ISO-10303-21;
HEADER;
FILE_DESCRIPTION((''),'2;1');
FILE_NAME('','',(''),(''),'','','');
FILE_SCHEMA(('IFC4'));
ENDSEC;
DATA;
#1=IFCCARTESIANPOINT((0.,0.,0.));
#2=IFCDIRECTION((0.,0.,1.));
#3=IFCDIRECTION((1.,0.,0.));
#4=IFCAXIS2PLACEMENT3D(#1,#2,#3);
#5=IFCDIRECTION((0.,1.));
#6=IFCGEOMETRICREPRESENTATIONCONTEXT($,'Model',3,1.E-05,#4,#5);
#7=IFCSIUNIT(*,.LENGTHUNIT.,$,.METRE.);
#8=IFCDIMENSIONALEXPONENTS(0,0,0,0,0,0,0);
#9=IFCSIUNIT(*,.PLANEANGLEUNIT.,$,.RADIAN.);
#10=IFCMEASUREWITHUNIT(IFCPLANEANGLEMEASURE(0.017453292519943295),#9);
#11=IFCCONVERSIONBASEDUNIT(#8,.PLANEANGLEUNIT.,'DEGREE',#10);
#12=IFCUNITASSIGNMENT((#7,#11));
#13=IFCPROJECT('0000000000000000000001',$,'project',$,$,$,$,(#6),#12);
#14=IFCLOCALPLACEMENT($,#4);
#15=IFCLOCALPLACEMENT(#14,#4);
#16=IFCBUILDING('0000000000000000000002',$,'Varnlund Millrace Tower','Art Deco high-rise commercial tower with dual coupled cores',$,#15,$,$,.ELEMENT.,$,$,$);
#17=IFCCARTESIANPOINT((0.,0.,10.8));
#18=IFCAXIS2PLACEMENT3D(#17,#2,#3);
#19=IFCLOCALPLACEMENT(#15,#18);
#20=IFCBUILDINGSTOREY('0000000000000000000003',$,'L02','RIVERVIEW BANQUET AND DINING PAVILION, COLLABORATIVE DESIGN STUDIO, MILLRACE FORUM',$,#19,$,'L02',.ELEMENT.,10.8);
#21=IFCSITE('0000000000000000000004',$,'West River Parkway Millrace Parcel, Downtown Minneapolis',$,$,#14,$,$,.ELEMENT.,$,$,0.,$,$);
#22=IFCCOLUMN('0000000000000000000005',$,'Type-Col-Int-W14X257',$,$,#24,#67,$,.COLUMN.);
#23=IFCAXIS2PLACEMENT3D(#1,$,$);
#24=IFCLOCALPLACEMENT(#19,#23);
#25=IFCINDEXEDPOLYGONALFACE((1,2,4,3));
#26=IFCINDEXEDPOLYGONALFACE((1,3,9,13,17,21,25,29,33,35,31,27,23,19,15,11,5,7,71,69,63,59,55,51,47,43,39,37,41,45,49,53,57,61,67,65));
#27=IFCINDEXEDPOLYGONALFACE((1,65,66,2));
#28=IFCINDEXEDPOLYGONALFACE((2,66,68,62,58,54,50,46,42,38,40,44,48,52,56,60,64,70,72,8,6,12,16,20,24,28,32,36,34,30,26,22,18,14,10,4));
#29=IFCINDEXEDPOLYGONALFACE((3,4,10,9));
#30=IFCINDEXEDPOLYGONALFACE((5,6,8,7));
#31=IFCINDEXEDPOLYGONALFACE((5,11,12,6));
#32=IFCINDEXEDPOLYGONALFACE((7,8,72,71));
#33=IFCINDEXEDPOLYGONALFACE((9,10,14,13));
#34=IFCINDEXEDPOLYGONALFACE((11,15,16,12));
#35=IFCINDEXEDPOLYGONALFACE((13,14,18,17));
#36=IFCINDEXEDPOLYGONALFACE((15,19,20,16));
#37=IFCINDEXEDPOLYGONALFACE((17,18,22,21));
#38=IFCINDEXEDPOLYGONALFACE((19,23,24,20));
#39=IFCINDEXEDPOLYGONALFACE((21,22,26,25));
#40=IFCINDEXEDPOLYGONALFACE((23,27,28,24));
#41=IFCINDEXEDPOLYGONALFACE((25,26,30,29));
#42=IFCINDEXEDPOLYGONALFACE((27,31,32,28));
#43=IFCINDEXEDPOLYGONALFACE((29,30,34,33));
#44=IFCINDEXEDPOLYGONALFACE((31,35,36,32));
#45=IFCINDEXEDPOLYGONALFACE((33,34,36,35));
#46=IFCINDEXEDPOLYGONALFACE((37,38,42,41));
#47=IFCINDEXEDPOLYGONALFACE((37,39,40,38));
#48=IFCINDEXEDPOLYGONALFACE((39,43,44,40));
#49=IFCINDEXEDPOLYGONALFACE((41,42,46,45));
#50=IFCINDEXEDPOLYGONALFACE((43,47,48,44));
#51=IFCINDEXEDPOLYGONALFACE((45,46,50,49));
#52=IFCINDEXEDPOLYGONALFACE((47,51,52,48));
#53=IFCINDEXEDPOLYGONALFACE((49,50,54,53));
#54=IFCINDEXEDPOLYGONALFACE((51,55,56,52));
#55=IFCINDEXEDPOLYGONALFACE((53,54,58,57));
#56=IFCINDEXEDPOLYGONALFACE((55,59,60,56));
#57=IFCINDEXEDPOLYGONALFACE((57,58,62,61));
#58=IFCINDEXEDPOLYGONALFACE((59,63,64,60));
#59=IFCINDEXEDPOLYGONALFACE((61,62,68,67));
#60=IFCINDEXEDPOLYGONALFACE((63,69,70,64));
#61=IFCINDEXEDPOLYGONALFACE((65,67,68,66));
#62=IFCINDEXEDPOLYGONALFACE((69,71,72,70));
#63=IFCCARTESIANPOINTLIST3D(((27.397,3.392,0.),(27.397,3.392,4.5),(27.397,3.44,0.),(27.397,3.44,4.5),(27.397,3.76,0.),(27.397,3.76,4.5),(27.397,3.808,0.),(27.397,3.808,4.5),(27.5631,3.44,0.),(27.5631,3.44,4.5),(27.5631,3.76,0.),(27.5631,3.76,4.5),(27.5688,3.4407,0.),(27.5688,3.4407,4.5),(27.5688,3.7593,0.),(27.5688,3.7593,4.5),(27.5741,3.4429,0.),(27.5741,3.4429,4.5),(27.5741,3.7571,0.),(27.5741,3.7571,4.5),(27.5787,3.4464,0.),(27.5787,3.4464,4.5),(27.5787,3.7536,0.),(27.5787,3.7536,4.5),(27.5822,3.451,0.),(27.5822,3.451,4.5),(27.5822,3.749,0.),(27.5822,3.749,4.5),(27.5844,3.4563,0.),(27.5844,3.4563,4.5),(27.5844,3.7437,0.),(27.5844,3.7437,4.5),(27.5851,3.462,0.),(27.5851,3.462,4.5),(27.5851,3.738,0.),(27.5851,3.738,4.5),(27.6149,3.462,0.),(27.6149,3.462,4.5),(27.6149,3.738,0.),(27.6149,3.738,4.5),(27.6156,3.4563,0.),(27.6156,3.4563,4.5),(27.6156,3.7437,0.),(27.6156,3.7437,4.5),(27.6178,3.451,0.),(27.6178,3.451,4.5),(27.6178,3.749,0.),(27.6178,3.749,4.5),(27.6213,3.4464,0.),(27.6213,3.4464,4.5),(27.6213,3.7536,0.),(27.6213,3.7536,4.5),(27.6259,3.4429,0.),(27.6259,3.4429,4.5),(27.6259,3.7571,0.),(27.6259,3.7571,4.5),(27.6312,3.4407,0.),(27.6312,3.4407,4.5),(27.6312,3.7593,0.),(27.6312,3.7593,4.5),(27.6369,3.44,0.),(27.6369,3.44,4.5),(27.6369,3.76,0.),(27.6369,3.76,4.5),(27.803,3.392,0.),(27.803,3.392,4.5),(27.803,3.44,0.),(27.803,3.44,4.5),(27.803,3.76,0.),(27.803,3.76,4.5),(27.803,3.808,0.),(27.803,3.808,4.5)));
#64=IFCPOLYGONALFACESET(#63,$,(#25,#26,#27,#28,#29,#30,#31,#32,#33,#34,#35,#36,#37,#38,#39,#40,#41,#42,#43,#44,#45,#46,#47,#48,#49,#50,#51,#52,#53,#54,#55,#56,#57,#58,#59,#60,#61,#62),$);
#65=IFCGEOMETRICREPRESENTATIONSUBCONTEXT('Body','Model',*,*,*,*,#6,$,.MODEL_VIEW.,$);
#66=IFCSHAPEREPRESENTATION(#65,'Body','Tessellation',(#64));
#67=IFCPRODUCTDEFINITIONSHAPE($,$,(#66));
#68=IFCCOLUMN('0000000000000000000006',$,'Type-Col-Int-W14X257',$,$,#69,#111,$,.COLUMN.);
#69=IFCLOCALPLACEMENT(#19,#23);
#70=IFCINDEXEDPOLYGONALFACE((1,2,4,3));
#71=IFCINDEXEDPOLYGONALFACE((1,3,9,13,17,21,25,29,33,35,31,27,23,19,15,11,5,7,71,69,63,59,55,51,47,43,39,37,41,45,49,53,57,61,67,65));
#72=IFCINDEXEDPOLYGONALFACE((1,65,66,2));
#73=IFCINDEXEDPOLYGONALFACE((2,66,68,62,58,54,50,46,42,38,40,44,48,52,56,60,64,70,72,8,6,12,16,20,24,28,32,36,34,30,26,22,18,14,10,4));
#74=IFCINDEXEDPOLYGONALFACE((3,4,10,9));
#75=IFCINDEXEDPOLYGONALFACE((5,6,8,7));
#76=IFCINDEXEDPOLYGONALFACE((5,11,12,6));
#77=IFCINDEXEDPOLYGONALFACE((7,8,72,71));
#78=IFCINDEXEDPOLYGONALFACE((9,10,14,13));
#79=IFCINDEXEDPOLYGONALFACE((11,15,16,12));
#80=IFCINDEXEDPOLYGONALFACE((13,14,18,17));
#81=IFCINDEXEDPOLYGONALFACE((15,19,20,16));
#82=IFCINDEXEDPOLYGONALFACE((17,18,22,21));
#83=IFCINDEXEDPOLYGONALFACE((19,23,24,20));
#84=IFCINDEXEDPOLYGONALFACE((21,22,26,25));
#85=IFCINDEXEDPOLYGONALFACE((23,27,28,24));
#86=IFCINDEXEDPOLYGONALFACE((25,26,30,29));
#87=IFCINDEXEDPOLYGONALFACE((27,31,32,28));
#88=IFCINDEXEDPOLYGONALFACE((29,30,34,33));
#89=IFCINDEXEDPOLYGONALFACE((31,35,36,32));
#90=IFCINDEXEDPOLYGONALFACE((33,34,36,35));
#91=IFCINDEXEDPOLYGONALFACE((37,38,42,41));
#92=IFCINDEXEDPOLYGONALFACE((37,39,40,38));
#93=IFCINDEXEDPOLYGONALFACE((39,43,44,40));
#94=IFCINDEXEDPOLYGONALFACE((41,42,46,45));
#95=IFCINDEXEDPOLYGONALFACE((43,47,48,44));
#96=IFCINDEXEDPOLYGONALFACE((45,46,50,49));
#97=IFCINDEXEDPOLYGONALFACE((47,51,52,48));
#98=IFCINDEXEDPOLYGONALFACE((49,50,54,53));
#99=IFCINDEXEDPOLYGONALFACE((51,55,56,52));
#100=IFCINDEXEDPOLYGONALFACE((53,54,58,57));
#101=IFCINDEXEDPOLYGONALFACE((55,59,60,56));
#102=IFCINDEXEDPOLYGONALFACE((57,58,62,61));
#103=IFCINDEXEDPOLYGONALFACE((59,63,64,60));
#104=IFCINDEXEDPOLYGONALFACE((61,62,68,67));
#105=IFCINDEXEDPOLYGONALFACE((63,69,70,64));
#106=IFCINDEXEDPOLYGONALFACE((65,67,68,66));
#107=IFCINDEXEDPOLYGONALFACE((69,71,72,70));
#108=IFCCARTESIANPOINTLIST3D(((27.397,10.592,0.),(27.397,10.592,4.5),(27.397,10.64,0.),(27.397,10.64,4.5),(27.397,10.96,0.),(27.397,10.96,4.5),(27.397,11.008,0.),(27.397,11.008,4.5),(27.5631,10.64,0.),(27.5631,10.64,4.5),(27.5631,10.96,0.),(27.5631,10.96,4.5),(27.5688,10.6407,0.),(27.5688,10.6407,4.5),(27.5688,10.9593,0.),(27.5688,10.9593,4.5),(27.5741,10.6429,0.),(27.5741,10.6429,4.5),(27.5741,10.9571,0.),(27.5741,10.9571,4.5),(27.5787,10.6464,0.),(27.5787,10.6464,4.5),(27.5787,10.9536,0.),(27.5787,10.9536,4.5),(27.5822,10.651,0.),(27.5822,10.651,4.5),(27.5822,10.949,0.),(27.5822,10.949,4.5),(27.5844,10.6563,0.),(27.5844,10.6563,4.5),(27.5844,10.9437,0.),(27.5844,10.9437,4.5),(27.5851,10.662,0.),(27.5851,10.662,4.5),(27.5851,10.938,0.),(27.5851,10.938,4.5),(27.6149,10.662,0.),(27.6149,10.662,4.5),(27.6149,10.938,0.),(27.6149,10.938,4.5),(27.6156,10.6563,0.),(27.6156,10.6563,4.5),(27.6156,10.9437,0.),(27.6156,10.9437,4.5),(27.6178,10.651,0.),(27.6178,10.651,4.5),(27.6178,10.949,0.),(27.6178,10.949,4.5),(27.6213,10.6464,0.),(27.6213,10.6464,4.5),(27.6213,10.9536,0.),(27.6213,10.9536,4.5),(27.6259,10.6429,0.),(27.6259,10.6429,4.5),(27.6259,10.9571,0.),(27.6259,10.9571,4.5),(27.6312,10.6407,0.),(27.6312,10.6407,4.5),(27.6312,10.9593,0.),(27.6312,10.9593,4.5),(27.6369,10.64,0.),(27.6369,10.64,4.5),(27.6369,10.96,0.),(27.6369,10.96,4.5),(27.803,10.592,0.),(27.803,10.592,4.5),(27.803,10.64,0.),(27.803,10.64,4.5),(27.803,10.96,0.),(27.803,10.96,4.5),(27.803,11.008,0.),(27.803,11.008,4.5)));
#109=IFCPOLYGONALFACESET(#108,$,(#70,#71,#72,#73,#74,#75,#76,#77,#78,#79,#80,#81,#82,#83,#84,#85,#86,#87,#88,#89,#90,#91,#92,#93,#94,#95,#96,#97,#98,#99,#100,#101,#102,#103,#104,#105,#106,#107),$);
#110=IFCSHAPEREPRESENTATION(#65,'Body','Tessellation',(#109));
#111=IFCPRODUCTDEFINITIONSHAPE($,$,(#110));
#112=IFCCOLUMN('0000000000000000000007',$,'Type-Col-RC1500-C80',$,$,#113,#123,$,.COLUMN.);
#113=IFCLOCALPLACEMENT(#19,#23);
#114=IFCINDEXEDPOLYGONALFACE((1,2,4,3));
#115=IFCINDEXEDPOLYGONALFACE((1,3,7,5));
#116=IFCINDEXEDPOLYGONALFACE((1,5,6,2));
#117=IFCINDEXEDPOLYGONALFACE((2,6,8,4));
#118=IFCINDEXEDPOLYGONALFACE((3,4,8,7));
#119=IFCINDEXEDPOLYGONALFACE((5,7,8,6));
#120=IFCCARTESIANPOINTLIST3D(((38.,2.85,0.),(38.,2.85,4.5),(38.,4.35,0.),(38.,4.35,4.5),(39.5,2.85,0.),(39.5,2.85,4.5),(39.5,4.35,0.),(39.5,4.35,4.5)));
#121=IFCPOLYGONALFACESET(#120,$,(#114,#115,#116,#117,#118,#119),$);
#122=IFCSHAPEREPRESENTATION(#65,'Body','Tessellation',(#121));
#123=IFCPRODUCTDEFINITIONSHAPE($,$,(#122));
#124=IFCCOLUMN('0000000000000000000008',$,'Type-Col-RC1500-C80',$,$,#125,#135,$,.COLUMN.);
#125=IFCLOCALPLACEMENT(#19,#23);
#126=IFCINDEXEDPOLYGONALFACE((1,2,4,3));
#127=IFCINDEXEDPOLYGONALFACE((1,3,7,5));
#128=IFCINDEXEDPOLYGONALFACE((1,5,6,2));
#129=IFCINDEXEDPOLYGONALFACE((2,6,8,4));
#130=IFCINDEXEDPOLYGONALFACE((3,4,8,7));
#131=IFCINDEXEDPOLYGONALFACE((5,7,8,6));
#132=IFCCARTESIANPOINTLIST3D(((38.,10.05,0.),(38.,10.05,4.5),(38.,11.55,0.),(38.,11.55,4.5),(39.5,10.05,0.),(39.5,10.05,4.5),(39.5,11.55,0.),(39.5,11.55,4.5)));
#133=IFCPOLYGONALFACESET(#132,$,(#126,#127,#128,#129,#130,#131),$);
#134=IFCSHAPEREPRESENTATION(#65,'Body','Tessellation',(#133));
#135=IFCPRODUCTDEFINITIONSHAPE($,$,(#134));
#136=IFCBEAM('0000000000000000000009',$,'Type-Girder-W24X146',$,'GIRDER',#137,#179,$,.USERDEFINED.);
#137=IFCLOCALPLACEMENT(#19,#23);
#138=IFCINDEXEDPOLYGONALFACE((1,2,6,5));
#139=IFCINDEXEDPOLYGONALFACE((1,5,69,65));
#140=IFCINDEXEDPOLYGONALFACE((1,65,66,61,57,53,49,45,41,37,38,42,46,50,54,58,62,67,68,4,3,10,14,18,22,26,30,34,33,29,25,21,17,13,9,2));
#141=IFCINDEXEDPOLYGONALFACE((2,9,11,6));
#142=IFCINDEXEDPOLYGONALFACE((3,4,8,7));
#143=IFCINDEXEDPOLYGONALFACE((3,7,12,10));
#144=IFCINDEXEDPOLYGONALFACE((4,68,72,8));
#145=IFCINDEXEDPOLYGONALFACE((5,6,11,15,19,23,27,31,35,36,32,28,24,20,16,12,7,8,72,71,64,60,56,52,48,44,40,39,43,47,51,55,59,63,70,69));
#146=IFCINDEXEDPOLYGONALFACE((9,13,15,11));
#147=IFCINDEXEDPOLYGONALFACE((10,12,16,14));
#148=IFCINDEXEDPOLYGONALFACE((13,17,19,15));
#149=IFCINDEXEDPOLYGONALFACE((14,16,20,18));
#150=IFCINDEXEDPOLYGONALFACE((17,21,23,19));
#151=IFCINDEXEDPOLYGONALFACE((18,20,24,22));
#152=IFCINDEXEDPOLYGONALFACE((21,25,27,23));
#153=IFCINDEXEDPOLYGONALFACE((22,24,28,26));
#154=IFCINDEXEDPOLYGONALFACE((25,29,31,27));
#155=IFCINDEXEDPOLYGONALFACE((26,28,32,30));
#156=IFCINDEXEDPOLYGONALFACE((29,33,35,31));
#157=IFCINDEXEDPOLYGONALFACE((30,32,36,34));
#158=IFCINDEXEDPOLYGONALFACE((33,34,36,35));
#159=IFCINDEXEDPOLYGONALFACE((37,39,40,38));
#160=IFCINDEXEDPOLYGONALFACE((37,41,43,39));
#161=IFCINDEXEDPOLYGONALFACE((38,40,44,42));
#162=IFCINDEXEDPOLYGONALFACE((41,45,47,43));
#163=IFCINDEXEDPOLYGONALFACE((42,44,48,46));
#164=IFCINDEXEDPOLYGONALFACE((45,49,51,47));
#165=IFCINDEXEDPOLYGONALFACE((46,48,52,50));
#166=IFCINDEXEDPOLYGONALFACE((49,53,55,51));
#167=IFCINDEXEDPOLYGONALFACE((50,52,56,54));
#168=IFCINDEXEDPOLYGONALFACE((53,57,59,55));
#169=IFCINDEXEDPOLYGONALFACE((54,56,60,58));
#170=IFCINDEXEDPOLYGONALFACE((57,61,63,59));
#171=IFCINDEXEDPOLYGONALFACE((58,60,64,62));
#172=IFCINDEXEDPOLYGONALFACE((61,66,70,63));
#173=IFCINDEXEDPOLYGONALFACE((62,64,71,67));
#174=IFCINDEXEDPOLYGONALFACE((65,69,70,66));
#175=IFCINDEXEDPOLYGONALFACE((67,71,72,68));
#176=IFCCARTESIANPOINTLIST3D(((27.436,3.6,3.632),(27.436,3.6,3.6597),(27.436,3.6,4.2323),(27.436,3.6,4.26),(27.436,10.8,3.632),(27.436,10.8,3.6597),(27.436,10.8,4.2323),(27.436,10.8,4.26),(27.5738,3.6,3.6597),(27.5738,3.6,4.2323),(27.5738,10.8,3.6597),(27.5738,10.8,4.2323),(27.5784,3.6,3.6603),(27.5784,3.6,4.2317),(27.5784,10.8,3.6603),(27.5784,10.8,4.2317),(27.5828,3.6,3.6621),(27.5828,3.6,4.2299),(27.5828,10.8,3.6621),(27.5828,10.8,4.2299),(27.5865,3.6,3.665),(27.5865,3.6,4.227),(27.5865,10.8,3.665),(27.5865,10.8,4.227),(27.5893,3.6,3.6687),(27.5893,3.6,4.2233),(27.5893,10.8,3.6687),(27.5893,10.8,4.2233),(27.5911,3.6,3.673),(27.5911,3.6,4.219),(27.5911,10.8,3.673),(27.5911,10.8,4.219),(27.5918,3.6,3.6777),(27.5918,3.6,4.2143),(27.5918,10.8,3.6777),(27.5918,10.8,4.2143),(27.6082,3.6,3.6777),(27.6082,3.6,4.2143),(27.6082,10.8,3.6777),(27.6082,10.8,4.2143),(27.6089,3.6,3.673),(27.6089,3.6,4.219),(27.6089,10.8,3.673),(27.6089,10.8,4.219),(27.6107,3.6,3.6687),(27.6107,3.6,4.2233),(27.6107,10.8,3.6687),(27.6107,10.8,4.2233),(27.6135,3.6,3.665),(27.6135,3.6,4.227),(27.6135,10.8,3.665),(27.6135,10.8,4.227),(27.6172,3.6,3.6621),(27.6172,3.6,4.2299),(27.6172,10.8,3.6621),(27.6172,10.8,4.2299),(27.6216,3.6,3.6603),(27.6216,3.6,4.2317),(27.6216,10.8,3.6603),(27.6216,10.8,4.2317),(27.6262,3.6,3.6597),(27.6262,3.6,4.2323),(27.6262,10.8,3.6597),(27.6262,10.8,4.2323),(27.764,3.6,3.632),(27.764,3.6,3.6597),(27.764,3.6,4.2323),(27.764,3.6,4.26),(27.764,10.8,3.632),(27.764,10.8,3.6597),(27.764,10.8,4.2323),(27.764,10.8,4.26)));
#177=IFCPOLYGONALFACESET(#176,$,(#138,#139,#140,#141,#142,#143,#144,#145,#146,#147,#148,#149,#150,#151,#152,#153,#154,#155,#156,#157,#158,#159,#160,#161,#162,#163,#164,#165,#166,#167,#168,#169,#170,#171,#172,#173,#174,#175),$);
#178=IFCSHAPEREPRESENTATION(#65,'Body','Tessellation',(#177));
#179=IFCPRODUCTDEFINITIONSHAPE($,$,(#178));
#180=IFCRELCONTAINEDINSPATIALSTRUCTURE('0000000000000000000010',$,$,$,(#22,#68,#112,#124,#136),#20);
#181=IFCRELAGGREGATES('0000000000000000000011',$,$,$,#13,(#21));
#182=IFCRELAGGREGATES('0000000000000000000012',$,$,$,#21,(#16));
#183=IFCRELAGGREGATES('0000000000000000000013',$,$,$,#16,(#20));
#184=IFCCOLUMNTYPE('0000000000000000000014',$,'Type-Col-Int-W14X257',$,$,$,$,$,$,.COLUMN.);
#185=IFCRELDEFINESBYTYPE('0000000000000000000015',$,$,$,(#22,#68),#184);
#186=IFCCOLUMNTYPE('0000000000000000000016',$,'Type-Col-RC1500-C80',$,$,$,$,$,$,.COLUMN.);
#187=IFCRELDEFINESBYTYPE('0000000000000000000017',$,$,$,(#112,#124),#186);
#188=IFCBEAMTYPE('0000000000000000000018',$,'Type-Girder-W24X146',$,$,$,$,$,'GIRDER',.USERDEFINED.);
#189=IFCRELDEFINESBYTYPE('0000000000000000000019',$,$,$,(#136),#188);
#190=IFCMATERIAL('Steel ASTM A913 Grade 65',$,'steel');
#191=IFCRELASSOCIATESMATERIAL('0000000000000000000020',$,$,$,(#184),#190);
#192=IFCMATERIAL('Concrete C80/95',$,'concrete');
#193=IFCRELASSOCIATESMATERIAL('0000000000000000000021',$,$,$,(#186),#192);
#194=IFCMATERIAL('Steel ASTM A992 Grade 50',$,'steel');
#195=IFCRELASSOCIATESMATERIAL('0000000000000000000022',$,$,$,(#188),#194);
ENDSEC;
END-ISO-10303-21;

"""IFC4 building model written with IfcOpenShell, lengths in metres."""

from ifc_helpers import new_model, entity, si_unit, converted_unit, direction, frame, origin_with_axes, origin_2d_with_axis, place, context, subcontext, project, spatial, rectangle, i_section, extrude, material, material_profile, profile_set, type_object, element, save


model = new_model("IFC4")

# Units and contexts
model_context = context("Model", 3, precision=1e-05, world=origin_with_axes(), true_north=direction((0.0, 1.0)))
body_context = subcontext(model_context, "Body", "Model", "MODEL_VIEW")
ifc_project = project(units=[si_unit("LENGTHUNIT", "METRE"), converted_unit("PLANEANGLEUNIT", "DEGREE", entity("IfcPlaneAngleMeasure", 0.017453292519943295), si_unit("PLANEANGLEUNIT", "RADIAN"), dimensions=[0, 0, 0, 0, 0, 0, 0])], contexts=[model_context])

# Site, building, storey
site_placement = place(None, origin_with_axes())
site = spatial("IfcSite", under=ifc_project, at=site_placement, Name="West River Parkway Millrace Parcel, Downtown Minneapolis", CompositionType="ELEMENT", RefElevation=0.0)
building_placement = place(site_placement, origin_with_axes())
building = spatial("IfcBuilding", under=site, at=building_placement, Name="Varnlund Millrace Tower", Description="Art Deco high-rise commercial tower with dual coupled cores", CompositionType="ELEMENT")
storey_placement = place(building_placement, frame((0.0, 0.0, 10.8), z_axis=(0.0, 0.0, 1.0), x_axis=(1.0, 0.0, 0.0)))
storey = spatial("IfcBuildingStorey", under=building, at=storey_placement, Name="L02", Description="RIVERVIEW BANQUET AND DINING PAVILION, COLLABORATIVE DESIGN STUDIO, MILLRACE FORUM", LongName="L02", CompositionType="ELEMENT", Elevation=10.8)

# Columns
ifc_material_1 = material(Name="Steel ASTM A913 Grade 65", Category="steel")
ifc_material_profile_1 = material_profile(ifc_material_1, i_section(OverallWidth=0.406, OverallDepth=0.416, WebThickness=0.0298, FlangeThickness=0.048, FilletRadius=0.022, at=origin_2d_with_axis()), Name="Steel ASTM A913 Grade 65")
ifc_profile_set_1 = profile_set([ifc_material_profile_1], Name="Steel ASTM A913 Grade 65")
column_type_1 = type_object("IfcColumnType", Name="Type-Col-Int-W14X257", PredefinedType="COLUMN", material=ifc_profile_set_1)
for number, where, z_axis, x_axis, name in (
    (1, (27.6, 3.6, 0.0), (0.0, 0.0, 1.0), (1.0, 0.0, 0.0), "Type-Col-Int-W14X257"),
    (2, (27.6, 10.8, 0.0), (0.0, 0.0, 1.0), (1.0, 0.0, 0.0), "Type-Col-Int-W14X257"),
):
    element("IfcColumn", number, at=place(storey_placement, frame(where, z_axis=z_axis, x_axis=x_axis)), inside=storey, type_object=column_type_1, Name=name, PredefinedType="COLUMN", context=body_context, shape_type="SweptSolid", body=[
        extrude(i_section(OverallWidth=0.406, OverallDepth=0.416, WebThickness=0.0298, FlangeThickness=0.048, FilletRadius=0.022, at=origin_2d_with_axis()), origin_with_axes(), (0.0, 0.0, 1.0), 4.5),
    ])
ifc_material_2 = material(Name="Concrete C80/95", Category="concrete")
ifc_material_profile_2 = material_profile(ifc_material_2, rectangle(XDim=1.5, YDim=1.5, at=origin_2d_with_axis()), Name="Concrete C80/95")
ifc_profile_set_2 = profile_set([ifc_material_profile_2], Name="Concrete C80/95")
column_type_2 = type_object("IfcColumnType", Name="Type-Col-RC1500-C80", PredefinedType="COLUMN", material=ifc_profile_set_2)
for number, where, z_axis, x_axis, name in (
    (3, (38.75, 3.6, 0.0), (0.0, 0.0, 1.0), (1.0, 0.0, 0.0), "Type-Col-RC1500-C80"),
    (4, (38.75, 10.8, 0.0), (0.0, 0.0, 1.0), (1.0, 0.0, 0.0), "Type-Col-RC1500-C80"),
):
    element("IfcColumn", number, at=place(storey_placement, frame(where, z_axis=z_axis, x_axis=x_axis)), inside=storey, type_object=column_type_2, Name=name, PredefinedType="COLUMN", context=body_context, shape_type="SweptSolid", body=[
        extrude(rectangle(XDim=1.5, YDim=1.5, at=origin_2d_with_axis()), origin_with_axes(), (0.0, 0.0, 1.0), 4.5),
    ])

# Beam
ifc_material_3 = material(Name="Steel ASTM A992 Grade 50", Category="steel")
ifc_material_profile_3 = material_profile(ifc_material_3, i_section(OverallWidth=0.328, OverallDepth=0.628, WebThickness=0.0165, FlangeThickness=0.0277, FilletRadius=0.018, at=origin_2d_with_axis()), Name="Steel ASTM A992 Grade 50")
ifc_profile_set_3 = profile_set([ifc_material_profile_3], Name="Steel ASTM A992 Grade 50")
beam_type_1 = type_object("IfcBeamType", Name="Type-Girder-W24X146", ElementType="GIRDER", PredefinedType="USERDEFINED", material=ifc_profile_set_3)
for number, where, z_axis, x_axis, name in (
    (5, (27.6, 3.6, 3.946), (0.0, 1.0, 0.0), (-1.0, 0.0, 0.0), "Type-Girder-W24X146"),
):
    element("IfcBeam", number, at=place(storey_placement, frame(where, z_axis=z_axis, x_axis=x_axis)), inside=storey, type_object=beam_type_1, Name=name, ObjectType="GIRDER", PredefinedType="USERDEFINED", context=body_context, shape_type="SweptSolid", body=[
        extrude(i_section(OverallWidth=0.328, OverallDepth=0.628, WebThickness=0.0165, FlangeThickness=0.0277, FilletRadius=0.018, at=origin_2d_with_axis()), origin_with_axes(), (0.0, 0.0, 1.0), 7.2),
    ])

save(model, "model.ifc")
